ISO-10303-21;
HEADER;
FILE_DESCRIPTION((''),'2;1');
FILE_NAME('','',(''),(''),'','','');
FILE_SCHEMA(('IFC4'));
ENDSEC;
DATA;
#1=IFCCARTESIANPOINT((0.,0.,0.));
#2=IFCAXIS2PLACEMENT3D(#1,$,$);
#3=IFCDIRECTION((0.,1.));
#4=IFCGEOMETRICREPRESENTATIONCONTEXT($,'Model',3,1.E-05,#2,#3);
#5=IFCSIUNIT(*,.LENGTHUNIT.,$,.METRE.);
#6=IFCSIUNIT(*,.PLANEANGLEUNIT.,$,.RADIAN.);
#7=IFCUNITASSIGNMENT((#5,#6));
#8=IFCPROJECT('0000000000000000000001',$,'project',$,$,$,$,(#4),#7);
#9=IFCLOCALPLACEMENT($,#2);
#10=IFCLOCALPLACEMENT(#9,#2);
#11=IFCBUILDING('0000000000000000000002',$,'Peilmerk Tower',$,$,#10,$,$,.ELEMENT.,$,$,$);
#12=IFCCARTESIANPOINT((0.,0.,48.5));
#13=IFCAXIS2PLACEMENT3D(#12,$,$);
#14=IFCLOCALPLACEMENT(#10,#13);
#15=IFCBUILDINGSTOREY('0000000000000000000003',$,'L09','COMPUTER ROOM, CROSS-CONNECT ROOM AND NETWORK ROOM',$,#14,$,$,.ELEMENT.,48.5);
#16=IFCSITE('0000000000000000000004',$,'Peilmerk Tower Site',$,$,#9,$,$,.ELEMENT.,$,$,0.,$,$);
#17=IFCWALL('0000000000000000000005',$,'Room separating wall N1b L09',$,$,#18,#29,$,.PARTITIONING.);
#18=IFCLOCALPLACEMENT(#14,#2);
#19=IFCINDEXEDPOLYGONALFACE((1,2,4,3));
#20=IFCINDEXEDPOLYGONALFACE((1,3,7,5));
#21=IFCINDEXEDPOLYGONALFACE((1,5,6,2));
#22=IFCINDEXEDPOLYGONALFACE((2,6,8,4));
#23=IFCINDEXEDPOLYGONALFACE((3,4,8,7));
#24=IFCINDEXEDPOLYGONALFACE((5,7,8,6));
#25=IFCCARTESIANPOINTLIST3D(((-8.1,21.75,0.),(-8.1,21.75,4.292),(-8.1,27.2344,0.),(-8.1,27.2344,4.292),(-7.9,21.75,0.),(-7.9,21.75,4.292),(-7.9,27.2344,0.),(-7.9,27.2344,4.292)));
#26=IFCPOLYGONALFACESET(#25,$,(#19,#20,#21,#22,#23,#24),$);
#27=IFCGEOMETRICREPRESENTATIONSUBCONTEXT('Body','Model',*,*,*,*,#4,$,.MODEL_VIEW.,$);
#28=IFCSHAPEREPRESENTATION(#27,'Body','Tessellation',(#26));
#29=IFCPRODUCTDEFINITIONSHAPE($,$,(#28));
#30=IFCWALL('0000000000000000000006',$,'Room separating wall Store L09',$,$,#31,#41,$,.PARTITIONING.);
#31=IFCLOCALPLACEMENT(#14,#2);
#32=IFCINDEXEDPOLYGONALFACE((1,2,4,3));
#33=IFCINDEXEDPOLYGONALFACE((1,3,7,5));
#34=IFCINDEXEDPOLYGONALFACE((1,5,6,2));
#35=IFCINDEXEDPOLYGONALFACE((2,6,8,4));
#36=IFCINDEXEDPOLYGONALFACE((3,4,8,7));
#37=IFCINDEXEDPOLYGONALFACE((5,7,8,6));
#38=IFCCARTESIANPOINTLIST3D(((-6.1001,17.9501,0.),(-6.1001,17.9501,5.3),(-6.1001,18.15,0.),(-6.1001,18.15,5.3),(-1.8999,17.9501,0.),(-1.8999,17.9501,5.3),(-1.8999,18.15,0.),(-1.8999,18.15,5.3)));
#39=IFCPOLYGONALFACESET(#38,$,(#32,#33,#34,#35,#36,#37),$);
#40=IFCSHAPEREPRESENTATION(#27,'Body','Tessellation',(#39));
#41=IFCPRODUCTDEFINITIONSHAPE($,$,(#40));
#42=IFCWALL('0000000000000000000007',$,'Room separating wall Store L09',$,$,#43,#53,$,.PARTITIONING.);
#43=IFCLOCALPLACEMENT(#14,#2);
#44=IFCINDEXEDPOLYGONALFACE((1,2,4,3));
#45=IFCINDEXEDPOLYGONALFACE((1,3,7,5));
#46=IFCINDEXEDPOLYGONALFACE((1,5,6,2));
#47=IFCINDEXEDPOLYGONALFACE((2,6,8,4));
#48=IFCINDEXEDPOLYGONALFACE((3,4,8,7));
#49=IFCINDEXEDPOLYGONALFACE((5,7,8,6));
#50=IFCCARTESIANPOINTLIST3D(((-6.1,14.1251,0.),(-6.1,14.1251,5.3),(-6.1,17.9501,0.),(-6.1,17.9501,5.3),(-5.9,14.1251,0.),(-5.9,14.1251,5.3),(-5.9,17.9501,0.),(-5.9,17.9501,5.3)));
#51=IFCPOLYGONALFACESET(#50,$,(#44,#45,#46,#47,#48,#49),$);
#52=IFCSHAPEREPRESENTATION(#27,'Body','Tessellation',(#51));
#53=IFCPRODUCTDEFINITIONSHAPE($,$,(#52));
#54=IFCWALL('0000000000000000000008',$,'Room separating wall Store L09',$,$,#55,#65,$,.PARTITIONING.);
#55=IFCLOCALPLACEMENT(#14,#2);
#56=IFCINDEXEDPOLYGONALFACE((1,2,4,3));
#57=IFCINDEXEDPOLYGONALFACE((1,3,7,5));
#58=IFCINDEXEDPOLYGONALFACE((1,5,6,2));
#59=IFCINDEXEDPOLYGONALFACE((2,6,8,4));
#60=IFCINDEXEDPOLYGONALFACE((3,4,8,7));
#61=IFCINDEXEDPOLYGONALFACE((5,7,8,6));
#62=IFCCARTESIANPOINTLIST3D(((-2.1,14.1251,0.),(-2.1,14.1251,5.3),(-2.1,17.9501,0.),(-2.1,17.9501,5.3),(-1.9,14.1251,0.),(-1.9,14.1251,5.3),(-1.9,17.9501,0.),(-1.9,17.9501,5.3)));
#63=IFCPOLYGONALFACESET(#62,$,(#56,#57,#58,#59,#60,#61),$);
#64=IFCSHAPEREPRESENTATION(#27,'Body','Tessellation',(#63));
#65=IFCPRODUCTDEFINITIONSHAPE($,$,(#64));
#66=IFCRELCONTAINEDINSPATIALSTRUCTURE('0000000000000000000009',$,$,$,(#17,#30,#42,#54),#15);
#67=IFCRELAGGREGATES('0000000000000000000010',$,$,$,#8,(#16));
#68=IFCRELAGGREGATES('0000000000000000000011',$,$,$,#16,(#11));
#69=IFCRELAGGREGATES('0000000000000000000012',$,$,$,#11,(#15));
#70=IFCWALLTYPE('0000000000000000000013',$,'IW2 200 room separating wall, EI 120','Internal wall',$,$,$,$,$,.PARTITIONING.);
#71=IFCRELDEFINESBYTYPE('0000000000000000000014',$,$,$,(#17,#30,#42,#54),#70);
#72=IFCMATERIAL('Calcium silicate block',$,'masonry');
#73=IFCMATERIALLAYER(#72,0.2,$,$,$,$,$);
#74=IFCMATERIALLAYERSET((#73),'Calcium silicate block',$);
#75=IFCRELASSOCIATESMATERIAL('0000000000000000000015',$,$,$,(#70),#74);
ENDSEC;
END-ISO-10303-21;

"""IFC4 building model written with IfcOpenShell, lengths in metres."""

from ifc_helpers import new_model, si_unit, direction, frame, frame_2d, origin, place, context, subcontext, project, spatial, rectangle, extrude, material, layer, layer_set, type_object, element, save


model = new_model("IFC4")

# Units and contexts
model_context = context("Model", 3, precision=1e-05, world=origin(), true_north=direction((0.0, 1.0)))
body_context = subcontext(model_context, "Body", "Model", "MODEL_VIEW")
ifc_project = project(units=[si_unit("LENGTHUNIT", "METRE"), si_unit("PLANEANGLEUNIT", "RADIAN")], contexts=[model_context])

# Site, building, storey
site_placement = place(None, origin())
site = spatial("IfcSite", under=ifc_project, at=site_placement, Name="Peilmerk Tower Site", CompositionType="ELEMENT", RefElevation=0.0)
building_placement = place(site_placement, origin())
building = spatial("IfcBuilding", under=site, at=building_placement, Name="Peilmerk Tower", CompositionType="ELEMENT")
storey_placement = place(building_placement, frame((0.0, 0.0, 48.5)))
storey = spatial("IfcBuildingStorey", under=building, at=storey_placement, Name="L09", Description="COMPUTER ROOM, CROSS-CONNECT ROOM AND NETWORK ROOM", CompositionType="ELEMENT", Elevation=48.5)

# Walls
ifc_material_1 = material(Name="Calcium silicate block", Category="masonry")
ifc_layer = layer(ifc_material_1, 0.2)
ifc_layer_set = layer_set([ifc_layer], Name="Calcium silicate block")
wall_type = type_object("IfcWallType", Name="IW2 200 room separating wall, EI 120", Description="Internal wall", PredefinedType="PARTITIONING", material=ifc_layer_set)
wall_1_placement = place(storey_placement, frame((-8.0, 21.75, 0.0), z_axis=(0.0, 0.0, 1.0), x_axis=(0.0, 1.0, 0.0)))
element("IfcWall", 1, at=wall_1_placement, inside=storey, type_object=wall_type, Name="Room separating wall N1b L09", PredefinedType="PARTITIONING", context=body_context, shape_type="SweptSolid", body=[
    extrude(rectangle(XDim=5.4844, YDim=0.2, at=frame_2d((2.7422, 0.0))), origin(), (0.0, 0.0, 1.0), 4.292),
])
wall_2_placement = place(storey_placement, frame((-6.1001, 18.05, 0.0), z_axis=(0.0, 0.0, 1.0), x_axis=(1.0, 0.0, 0.0)))
element("IfcWall", 2, at=wall_2_placement, inside=storey, type_object=wall_type, Name="Room separating wall Store L09", PredefinedType="PARTITIONING", context=body_context, shape_type="SweptSolid", body=[
    extrude(rectangle(XDim=4.2002, YDim=0.2, at=frame_2d((2.1001, 0.0))), origin(), (0.0, 0.0, 1.0), 5.3),
])
for number, where, z_axis, x_axis, name in (
    (3, (-6.0, 14.125, 0.0), (0.0, 0.0, 1.0), (0.0, 1.0, 0.0), "Room separating wall Store L09"),
    (4, (-2.0, 14.125, 0.0), (0.0, 0.0, 1.0), (0.0, 1.0, 0.0), "Room separating wall Store L09"),
):
    element("IfcWall", number, at=place(storey_placement, frame(where, z_axis=z_axis, x_axis=x_axis)), inside=storey, type_object=wall_type, Name=name, PredefinedType="PARTITIONING", context=body_context, shape_type="SweptSolid", body=[
        extrude(rectangle(XDim=3.825, YDim=0.2, at=frame_2d((1.9126, 0.0))), origin(), (0.0, 0.0, 1.0), 5.3),
    ])

save(model, "model.ifc")
